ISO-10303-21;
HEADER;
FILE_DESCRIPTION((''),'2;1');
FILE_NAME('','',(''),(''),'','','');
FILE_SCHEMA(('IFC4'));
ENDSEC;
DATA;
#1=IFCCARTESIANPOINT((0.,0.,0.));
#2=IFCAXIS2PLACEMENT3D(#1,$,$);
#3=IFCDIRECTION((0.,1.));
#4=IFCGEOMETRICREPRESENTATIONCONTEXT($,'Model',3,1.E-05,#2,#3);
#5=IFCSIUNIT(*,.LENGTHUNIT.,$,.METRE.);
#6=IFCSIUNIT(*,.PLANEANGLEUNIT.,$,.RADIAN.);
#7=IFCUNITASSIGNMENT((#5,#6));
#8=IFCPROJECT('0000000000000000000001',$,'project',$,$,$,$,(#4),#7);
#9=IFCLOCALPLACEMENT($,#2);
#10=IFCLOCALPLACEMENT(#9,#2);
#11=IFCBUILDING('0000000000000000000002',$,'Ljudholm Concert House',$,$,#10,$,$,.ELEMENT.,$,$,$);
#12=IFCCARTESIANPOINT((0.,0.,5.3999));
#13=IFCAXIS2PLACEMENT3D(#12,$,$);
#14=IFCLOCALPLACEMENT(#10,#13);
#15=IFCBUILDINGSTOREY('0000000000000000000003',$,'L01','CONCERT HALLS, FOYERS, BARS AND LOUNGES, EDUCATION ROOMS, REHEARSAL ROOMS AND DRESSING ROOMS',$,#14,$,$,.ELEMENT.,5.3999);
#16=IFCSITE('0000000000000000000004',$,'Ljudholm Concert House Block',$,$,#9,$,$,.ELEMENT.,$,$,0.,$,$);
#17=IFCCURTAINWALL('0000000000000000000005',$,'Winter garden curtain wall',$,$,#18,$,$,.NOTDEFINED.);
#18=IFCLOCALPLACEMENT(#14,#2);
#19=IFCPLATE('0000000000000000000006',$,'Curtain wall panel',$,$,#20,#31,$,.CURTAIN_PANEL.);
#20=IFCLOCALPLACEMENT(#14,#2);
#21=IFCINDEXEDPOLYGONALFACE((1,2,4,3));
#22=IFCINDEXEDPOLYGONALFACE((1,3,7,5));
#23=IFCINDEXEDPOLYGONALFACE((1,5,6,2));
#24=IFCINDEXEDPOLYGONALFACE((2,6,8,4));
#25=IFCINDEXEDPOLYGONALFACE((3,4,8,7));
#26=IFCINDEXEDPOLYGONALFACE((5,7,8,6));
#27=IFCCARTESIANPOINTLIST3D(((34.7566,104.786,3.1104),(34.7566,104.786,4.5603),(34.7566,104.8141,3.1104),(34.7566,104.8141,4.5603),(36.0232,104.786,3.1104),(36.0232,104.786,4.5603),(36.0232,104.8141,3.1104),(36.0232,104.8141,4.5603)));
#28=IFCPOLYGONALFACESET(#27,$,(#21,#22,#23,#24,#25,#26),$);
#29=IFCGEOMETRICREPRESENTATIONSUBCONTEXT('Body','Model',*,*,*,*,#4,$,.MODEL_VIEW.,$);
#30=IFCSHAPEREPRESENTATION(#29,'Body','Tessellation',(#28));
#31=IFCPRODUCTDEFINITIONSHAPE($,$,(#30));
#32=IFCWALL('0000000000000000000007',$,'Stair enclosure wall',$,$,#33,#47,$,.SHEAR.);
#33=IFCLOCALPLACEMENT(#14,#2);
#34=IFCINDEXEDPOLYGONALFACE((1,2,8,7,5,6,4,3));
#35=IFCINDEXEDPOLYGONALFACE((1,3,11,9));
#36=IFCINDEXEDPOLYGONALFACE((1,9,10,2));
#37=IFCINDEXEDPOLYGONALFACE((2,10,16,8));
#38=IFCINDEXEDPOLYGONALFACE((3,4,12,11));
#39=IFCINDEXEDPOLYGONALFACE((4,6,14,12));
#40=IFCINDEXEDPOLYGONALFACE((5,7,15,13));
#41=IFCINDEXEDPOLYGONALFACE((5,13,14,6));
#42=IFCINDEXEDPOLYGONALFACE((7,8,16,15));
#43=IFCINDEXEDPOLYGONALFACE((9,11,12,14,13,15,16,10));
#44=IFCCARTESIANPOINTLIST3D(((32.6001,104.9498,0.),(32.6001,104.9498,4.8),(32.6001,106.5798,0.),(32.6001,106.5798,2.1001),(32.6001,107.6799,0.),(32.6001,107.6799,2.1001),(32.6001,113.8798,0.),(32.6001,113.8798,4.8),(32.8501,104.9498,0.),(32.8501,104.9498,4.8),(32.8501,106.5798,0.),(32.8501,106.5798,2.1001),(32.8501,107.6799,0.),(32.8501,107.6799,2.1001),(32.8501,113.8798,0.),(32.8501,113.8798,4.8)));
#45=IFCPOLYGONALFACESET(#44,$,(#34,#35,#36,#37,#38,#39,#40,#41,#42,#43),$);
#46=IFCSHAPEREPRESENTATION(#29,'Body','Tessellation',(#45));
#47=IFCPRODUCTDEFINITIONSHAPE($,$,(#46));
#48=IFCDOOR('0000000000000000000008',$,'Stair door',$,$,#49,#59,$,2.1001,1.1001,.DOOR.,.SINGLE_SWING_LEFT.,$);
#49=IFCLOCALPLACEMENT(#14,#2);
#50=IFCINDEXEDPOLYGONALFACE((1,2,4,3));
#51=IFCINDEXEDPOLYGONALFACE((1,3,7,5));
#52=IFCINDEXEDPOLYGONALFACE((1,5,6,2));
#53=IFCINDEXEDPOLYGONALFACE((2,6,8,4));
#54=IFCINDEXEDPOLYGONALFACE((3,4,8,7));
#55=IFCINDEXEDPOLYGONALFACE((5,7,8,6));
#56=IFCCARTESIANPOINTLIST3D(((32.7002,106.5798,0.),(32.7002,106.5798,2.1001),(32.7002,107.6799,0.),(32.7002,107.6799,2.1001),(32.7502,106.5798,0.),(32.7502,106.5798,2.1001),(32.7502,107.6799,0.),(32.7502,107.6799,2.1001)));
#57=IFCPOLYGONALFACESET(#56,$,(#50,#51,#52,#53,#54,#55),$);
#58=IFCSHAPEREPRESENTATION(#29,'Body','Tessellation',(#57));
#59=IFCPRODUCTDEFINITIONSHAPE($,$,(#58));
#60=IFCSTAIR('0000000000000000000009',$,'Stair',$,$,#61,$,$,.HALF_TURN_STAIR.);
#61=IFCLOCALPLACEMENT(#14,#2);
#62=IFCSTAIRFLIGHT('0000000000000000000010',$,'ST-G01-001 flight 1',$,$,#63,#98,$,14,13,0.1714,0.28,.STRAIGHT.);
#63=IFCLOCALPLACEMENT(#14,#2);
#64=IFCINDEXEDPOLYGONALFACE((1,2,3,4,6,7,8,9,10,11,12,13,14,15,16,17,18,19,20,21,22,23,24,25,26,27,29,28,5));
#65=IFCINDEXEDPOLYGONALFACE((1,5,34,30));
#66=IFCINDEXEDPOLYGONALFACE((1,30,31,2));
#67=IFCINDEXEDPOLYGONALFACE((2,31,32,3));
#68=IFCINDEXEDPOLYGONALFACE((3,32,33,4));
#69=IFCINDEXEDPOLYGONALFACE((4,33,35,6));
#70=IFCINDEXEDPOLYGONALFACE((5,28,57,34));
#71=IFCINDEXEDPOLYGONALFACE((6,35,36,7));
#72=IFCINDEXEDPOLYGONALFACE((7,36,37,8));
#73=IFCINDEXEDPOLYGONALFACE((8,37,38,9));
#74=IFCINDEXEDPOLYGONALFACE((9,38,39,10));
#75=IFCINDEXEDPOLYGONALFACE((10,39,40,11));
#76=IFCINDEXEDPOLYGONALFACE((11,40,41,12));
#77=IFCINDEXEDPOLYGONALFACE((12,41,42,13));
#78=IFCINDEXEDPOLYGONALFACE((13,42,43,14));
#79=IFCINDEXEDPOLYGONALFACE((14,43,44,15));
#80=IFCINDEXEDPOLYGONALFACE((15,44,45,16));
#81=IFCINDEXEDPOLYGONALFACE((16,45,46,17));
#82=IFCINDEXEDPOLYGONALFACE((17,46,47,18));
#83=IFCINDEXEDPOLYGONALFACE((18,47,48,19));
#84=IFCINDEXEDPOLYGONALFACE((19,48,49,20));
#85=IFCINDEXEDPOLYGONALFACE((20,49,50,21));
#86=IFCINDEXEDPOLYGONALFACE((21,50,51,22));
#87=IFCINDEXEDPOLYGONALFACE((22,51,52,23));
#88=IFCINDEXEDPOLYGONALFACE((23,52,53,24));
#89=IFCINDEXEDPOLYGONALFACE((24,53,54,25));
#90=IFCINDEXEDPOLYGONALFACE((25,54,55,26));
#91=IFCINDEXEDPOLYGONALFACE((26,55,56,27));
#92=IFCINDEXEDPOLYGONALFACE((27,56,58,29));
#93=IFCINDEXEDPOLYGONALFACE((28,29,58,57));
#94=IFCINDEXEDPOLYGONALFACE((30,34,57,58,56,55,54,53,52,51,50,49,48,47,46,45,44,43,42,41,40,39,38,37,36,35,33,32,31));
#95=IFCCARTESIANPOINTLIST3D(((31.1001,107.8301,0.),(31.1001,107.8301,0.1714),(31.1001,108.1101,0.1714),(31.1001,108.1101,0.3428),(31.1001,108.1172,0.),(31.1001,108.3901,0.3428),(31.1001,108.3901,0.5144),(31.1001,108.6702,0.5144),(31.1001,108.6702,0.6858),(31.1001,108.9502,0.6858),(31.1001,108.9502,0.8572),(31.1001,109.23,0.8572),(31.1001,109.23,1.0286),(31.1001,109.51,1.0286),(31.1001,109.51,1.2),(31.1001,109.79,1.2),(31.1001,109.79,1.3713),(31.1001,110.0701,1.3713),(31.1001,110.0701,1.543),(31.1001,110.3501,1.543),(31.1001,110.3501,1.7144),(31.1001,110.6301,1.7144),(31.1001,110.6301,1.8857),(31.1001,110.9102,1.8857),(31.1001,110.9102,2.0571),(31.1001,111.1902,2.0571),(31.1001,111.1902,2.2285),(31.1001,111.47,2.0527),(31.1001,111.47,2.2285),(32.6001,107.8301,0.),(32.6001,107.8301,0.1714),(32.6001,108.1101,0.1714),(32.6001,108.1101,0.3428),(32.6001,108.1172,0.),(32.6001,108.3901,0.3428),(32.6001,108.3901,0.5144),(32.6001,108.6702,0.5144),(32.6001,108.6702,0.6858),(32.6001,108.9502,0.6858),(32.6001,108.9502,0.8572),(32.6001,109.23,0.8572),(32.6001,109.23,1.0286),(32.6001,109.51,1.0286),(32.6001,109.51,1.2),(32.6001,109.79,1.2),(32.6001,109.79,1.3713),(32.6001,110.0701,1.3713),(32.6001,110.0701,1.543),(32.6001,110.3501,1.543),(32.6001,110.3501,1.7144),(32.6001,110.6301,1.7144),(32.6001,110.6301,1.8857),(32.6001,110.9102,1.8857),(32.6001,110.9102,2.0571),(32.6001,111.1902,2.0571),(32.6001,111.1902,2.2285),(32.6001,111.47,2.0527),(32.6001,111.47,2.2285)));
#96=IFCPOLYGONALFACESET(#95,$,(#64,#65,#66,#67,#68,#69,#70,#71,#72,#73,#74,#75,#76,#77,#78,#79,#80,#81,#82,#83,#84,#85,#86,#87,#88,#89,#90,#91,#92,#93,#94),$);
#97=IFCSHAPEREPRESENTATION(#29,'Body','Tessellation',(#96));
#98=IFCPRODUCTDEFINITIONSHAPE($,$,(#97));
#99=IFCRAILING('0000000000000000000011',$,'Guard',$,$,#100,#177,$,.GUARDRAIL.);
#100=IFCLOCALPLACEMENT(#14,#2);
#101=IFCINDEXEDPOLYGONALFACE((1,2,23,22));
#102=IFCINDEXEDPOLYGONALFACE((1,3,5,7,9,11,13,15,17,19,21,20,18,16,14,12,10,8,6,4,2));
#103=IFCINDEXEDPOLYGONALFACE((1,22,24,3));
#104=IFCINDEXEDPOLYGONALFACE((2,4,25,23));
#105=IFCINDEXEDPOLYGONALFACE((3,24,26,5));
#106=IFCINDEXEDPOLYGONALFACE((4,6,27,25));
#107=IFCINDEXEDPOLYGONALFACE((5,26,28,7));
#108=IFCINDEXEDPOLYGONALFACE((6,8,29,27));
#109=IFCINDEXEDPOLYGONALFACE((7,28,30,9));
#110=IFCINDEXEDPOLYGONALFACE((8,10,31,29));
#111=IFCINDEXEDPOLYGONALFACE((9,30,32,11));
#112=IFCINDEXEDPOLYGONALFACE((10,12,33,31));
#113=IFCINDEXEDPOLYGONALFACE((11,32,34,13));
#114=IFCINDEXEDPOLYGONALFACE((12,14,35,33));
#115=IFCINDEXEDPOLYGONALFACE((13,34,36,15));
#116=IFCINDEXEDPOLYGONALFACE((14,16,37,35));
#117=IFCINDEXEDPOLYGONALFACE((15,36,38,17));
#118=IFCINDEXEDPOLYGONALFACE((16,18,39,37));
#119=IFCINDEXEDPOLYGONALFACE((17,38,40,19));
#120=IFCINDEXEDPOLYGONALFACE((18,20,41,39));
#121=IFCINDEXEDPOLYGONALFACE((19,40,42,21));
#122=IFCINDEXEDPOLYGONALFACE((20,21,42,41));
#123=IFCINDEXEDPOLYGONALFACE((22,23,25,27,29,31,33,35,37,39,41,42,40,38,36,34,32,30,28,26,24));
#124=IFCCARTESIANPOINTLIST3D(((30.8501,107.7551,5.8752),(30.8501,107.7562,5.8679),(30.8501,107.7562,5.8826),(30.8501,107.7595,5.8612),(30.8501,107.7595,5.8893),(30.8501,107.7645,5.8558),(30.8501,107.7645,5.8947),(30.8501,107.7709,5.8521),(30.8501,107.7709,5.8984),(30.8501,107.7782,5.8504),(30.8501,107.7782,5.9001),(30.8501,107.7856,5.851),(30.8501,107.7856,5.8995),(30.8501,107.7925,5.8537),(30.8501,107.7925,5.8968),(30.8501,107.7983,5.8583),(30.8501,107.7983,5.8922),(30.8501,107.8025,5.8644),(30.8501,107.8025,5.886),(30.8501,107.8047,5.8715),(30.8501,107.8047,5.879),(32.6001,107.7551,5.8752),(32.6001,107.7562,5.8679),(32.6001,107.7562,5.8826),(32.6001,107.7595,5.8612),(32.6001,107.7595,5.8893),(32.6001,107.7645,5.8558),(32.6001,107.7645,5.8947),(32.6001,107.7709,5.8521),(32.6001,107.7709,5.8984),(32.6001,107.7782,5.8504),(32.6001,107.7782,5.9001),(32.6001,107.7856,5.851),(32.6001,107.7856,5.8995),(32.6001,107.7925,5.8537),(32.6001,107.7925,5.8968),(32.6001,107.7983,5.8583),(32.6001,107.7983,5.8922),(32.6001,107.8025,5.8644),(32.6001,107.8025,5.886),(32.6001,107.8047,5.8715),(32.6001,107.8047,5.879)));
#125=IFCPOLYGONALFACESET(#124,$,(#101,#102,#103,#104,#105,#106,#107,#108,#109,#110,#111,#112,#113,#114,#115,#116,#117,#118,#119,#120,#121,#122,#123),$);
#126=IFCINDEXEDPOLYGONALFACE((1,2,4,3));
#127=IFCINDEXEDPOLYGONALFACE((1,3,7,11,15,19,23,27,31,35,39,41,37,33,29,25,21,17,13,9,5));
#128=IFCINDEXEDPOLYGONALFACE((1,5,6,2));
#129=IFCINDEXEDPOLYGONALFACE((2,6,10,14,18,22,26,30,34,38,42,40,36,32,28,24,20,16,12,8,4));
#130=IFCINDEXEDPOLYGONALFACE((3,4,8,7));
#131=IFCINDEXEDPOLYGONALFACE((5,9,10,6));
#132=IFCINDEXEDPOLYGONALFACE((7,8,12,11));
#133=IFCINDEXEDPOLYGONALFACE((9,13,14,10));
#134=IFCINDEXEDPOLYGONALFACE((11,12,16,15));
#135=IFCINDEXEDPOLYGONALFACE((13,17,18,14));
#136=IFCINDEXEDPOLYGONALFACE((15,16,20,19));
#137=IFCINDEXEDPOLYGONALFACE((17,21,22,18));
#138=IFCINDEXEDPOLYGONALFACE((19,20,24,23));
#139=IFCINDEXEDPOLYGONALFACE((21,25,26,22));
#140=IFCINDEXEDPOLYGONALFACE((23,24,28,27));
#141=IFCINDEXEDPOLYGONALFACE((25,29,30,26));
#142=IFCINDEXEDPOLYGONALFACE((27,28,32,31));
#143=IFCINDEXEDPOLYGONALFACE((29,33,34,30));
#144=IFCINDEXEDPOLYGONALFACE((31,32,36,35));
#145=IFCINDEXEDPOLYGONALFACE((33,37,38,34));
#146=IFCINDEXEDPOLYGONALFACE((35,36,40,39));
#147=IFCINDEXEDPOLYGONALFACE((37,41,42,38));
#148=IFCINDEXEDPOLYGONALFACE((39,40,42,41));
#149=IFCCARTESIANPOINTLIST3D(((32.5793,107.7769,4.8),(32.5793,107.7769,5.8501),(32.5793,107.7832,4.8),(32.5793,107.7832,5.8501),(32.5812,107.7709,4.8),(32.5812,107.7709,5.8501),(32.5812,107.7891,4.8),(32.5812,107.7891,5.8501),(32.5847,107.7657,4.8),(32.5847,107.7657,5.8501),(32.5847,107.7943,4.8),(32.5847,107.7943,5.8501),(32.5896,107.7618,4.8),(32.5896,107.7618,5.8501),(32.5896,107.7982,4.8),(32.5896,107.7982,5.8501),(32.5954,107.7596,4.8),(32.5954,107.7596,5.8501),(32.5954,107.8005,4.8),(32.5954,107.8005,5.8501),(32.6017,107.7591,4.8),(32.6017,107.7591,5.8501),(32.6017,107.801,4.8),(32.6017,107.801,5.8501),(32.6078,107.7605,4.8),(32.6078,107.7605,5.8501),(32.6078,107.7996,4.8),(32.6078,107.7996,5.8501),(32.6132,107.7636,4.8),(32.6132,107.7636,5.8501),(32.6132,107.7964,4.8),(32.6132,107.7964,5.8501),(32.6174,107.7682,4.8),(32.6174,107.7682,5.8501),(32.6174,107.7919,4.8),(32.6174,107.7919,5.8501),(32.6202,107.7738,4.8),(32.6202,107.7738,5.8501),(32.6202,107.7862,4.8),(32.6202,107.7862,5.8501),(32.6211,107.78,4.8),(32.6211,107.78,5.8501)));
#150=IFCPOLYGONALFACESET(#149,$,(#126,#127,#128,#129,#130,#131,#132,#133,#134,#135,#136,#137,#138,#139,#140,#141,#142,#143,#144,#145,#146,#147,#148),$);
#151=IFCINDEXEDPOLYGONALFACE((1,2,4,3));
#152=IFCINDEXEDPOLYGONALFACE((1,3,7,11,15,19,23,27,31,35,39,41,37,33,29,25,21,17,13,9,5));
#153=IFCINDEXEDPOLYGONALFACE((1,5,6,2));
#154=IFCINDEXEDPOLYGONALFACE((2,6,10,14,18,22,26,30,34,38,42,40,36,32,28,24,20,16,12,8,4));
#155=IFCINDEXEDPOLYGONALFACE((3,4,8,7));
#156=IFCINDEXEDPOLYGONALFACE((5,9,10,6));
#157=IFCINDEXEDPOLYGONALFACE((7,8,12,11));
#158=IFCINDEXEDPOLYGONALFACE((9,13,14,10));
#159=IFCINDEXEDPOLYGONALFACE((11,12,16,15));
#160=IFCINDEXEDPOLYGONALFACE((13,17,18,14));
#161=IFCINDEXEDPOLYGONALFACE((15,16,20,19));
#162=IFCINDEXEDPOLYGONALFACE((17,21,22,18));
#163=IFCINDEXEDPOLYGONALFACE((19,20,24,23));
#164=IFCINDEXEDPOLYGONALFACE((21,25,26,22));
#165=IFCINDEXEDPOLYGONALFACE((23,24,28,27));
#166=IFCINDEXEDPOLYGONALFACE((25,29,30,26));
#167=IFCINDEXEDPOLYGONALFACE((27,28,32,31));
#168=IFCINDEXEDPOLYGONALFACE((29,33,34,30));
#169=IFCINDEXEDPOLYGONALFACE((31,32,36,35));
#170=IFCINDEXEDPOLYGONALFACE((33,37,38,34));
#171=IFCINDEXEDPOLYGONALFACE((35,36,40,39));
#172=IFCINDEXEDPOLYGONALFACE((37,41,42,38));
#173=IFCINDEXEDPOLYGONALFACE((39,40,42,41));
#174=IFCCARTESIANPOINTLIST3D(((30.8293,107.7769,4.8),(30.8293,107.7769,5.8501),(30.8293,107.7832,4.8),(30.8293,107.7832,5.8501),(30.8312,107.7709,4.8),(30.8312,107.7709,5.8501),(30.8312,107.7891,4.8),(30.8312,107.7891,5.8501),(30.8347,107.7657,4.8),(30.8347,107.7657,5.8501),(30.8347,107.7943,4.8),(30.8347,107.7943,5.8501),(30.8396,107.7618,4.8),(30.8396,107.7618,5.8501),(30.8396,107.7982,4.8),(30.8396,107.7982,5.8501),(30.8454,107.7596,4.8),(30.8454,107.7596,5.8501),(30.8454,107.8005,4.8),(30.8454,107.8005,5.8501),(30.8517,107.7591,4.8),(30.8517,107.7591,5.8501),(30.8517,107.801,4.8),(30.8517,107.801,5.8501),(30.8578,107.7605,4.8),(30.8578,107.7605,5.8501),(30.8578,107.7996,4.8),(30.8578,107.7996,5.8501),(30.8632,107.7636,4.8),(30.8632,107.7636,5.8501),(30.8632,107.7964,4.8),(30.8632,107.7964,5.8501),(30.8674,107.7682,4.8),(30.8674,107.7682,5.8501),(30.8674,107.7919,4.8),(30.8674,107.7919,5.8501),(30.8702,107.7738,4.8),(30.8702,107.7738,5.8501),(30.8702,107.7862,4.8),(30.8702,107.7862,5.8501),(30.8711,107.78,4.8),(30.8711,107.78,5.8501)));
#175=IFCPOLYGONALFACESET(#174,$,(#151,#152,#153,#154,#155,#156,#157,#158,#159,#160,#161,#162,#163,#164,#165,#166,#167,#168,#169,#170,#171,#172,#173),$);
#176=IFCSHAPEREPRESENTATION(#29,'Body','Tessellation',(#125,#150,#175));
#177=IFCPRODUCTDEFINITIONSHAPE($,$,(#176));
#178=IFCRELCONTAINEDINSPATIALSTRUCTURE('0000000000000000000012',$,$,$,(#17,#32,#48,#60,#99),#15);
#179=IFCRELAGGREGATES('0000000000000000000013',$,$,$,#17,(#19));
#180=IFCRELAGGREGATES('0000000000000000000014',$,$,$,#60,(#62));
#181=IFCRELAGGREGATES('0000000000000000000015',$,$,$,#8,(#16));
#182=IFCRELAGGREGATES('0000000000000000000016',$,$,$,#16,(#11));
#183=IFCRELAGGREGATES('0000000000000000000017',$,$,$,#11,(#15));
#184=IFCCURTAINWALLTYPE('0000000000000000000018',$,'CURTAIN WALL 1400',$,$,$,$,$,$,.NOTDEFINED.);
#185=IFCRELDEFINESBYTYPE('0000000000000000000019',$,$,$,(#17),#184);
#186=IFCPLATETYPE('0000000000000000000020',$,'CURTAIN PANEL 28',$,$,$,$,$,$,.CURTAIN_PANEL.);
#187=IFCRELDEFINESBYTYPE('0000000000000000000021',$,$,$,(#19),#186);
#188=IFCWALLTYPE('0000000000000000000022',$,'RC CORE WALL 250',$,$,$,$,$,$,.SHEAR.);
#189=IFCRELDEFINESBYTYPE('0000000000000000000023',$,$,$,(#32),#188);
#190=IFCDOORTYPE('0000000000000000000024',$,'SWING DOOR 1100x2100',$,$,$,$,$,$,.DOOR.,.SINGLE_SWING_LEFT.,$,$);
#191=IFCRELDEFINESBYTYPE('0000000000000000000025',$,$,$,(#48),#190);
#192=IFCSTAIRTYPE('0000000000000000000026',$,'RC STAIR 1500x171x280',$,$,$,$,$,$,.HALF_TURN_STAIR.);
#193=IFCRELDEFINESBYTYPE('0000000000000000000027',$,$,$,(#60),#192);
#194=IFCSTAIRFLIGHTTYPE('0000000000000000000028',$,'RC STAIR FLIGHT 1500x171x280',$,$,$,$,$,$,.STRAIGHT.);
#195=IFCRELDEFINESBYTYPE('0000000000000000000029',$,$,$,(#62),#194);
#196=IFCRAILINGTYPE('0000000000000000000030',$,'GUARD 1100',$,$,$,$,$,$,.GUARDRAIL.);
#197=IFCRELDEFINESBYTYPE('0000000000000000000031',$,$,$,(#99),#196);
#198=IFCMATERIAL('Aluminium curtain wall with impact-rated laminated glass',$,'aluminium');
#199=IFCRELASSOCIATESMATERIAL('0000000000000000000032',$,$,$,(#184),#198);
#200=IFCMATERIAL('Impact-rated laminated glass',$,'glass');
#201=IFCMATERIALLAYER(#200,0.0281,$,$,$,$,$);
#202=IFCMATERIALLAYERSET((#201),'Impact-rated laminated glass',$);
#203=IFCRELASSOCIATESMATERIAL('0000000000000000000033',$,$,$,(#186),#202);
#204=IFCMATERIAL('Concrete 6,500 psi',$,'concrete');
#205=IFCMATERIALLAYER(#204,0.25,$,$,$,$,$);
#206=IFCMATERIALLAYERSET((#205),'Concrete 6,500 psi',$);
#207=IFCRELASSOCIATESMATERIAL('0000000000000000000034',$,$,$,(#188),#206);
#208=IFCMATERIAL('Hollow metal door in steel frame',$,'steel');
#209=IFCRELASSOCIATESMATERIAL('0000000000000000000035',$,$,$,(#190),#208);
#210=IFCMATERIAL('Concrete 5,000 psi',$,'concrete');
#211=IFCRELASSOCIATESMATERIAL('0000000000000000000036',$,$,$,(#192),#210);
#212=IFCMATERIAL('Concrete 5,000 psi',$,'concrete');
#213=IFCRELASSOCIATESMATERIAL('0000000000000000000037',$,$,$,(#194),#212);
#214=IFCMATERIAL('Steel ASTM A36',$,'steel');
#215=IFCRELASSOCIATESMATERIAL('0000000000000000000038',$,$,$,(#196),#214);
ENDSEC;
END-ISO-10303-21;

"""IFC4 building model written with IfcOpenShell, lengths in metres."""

from ifc_helpers import new_model, si_unit, direction, frame, frame_2d, origin, origin_2d, place, context, subcontext, project, spatial, polyline, rectangle, circle, outline, extrude, material, layer, layer_set, type_object, element, fill, aggregate, save


model = new_model("IFC4")

# Units and contexts
model_context = context("Model", 3, precision=1e-05, world=origin(), true_north=direction((0.0, 1.0)))
body_context = subcontext(model_context, "Body", "Model", "MODEL_VIEW")
ifc_project = project(units=[si_unit("LENGTHUNIT", "METRE"), si_unit("PLANEANGLEUNIT", "RADIAN")], contexts=[model_context])

# Site, building, storey
site_placement = place(None, origin())
site = spatial("IfcSite", under=ifc_project, at=site_placement, Name="Ljudholm Concert House Block", CompositionType="ELEMENT", RefElevation=0.0)
building_placement = place(site_placement, origin())
building = spatial("IfcBuilding", under=site, at=building_placement, Name="Ljudholm Concert House", CompositionType="ELEMENT")
storey_placement = place(building_placement, frame((0.0, 0.0, 5.3999)))
storey = spatial("IfcBuildingStorey", under=building, at=storey_placement, Name="L01", Description="CONCERT HALLS, FOYERS, BARS AND LOUNGES, EDUCATION ROOMS, REHEARSAL ROOMS AND DRESSING ROOMS", CompositionType="ELEMENT", Elevation=5.3999)

# Shared definitions
ifc_material_1 = material(Name="Aluminium curtain wall with impact-rated laminated glass", Category="aluminium")
curtain_wall_type = type_object("IfcCurtainWallType", Name="CURTAIN WALL 1400", PredefinedType="NOTDEFINED", material=ifc_material_1)

# Curtain wall
curtain_wall_1_placement = place(storey_placement, origin())
curtain_wall_1 = element("IfcCurtainWall", 1, at=curtain_wall_1_placement, inside=storey, type_object=curtain_wall_type, Name="Winter garden curtain wall", PredefinedType="NOTDEFINED")

# Plate
ifc_material_2 = material(Name="Impact-rated laminated glass", Category="glass")
ifc_layer_1 = layer(ifc_material_2, 0.0281)
ifc_layer_set_1 = layer_set([ifc_layer_1], Name="Impact-rated laminated glass")
plate_type = type_object("IfcPlateType", Name="CURTAIN PANEL 28", PredefinedType="CURTAIN_PANEL", material=ifc_layer_set_1)
plate_1_placement = place(storey_placement, frame((35.3899, 104.8, 3.1104), z_axis=(0.0, 0.0, 1.0), x_axis=(1.0, 0.0, 0.0)))
plate_1 = element("IfcPlate", 2, at=plate_1_placement, type_object=plate_type, Name="Curtain wall panel", PredefinedType="CURTAIN_PANEL", context=body_context, shape_type="SweptSolid", body=[
    extrude(rectangle(XDim=1.2666, YDim=0.0281, at=origin_2d()), origin(), (0.0, 0.0, 1.0), 1.45),
])
aggregate(curtain_wall_1, [plate_1])

# Wall, opening, door
ifc_material_3 = material(Name="Concrete 6,500 psi", Category="concrete")
ifc_layer_2 = layer(ifc_material_3, 0.25)
ifc_layer_set_2 = layer_set([ifc_layer_2], Name="Concrete 6,500 psi")
wall_type = type_object("IfcWallType", Name="RC CORE WALL 250", PredefinedType="SHEAR", material=ifc_layer_set_2)
wall_placement = place(storey_placement, frame((32.7251, 104.95, 0.0), z_axis=(0.0, 0.0, 1.0), x_axis=(0.0, 1.0, 0.0)))
wall = element("IfcWall", 3, at=wall_placement, inside=storey, type_object=wall_type, Name="Stair enclosure wall", PredefinedType="SHEAR", context=body_context, shape_type="SweptSolid", body=[
    extrude(rectangle(XDim=8.9299, YDim=0.25, at=frame_2d((4.4648, 0.0))), origin(), (0.0, 0.0, 1.0), 4.8),
])
opening_placement = place(wall_placement, frame((1.6299, 0.0, 0.0)))
opening = element("IfcOpeningElement", 4, at=opening_placement, cuts=wall, PredefinedType="OPENING", context=body_context, shape_type="SweptSolid", body=[
    extrude(rectangle(XDim=1.1001, YDim=2.1001, at=frame_2d((0.55, 1.05))), frame((0.0, 0.135, 0.0), z_axis=(0.0, -1.0, 0.0), x_axis=(1.0, 0.0, 0.0)), (0.0, 0.0, 1.0), 0.27),
])
ifc_material_4 = material(Name="Hollow metal door in steel frame", Category="steel")
door_type = type_object("IfcDoorType", Name="SWING DOOR 1100x2100", OperationType="SINGLE_SWING_LEFT", PredefinedType="DOOR", material=ifc_material_4)
door_placement = place(opening_placement, origin())
door = element("IfcDoor", 5, at=door_placement, inside=storey, type_object=door_type, Name="Stair door", OperationType="SINGLE_SWING_LEFT", OverallHeight=2.1001, OverallWidth=1.1001, PredefinedType="DOOR", context=body_context, shape_type="SweptSolid", body=[
    extrude(rectangle(XDim=1.1001, YDim=2.1001, at=frame_2d((0.55, 1.05))), frame((0.0, 0.0249, 0.0), z_axis=(0.0, -1.0, 0.0), x_axis=(1.0, 0.0, 0.0)), (0.0, 0.0, 1.0), 0.05),
])
fill(opening, door)

# Stair, stair flight
ifc_material_5 = material(Name="Concrete 5,000 psi", Category="concrete")
stair_type = type_object("IfcStairType", Name="RC STAIR 1500x171x280", PredefinedType="HALF_TURN_STAIR", material=ifc_material_5)
stair_placement = place(storey_placement, origin())
stair = element("IfcStair", 6, at=stair_placement, inside=storey, type_object=stair_type, Name="Stair", PredefinedType="HALF_TURN_STAIR")
ifc_material_6 = material(Name="Concrete 5,000 psi", Category="concrete")
stair_flight_type = type_object("IfcStairFlightType", Name="RC STAIR FLIGHT 1500x171x280", PredefinedType="STRAIGHT", material=ifc_material_6)
stair_flight_placement = place(storey_placement, frame((31.8501, 107.8301, 0.0), z_axis=(0.0, 0.0, 1.0), x_axis=(0.0, 1.0, 0.0)))
stair_flight = element("IfcStairFlight", 7, at=stair_flight_placement, type_object=stair_flight_type, Name="ST-G01-001 flight 1", NumberOfRisers=14, NumberOfTreads=13, PredefinedType="STRAIGHT", RiserHeight=0.1714, TreadLength=0.28, context=body_context, shape_type="SweptSolid", body=[
    extrude(outline(polyline([(0.0, 0.0), (0.0, 0.1714), (0.28, 0.1714), (0.28, 0.3428), (0.5601, 0.3428), (0.5601, 0.5144), (0.8401, 0.5144), (0.8401, 0.6858), (1.1201, 0.6858), (1.1201, 0.8572), (1.3999, 0.8572), (1.3999, 1.0286), (1.6799, 1.0286), (1.6799, 1.2), (1.96, 1.2), (1.96, 1.3713), (2.24, 1.3713), (2.24, 1.543), (2.52, 1.543), (2.52, 1.7144), (2.8, 1.7144), (2.8, 1.8857), (3.0801, 1.8857), (3.0801, 2.0571), (3.3601, 2.0571), (3.3601, 2.2285), (3.6399, 2.2285), (3.6399, 2.3999), (3.6399, 2.0527), (0.2871, 0.0), (0.0, 0.0)])), frame((0.0, 0.75, 0.0), z_axis=(0.0, -1.0, 0.0), x_axis=(1.0, 0.0, 0.0)), (0.0, 0.0, 1.0), 1.5),
])
aggregate(stair, [stair_flight])

# Railing
ifc_material_7 = material(Name="Steel ASTM A36", Category="steel")
railing_type_1 = type_object("IfcRailingType", Name="GUARD 1100", PredefinedType="GUARDRAIL", material=ifc_material_7)
railing_1_placement = place(storey_placement, frame((32.6001, 107.78, 4.8)))
element("IfcRailing", 8, at=railing_1_placement, inside=storey, type_object=railing_type_1, Name="Guard", PredefinedType="GUARDRAIL", context=body_context, shape_type="SweptSolid", body=[
    extrude(circle(Radius=0.0249, at=origin_2d()), frame((0.0, 0.0, 1.0752), z_axis=(-1.0, 0.0, 0.0), x_axis=(0.0, -1.0, 0.0)), (0.0, 0.0, 1.0), 1.75),
    extrude(circle(Radius=0.021, at=origin_2d()), origin(), (0.0, 0.0, 1.0), 1.05),
    extrude(circle(Radius=0.021, at=origin_2d()), frame((-1.75, 0.0, 0.0)), (0.0, 0.0, 1.0), 1.05),
])

save(model, "model.ifc")
